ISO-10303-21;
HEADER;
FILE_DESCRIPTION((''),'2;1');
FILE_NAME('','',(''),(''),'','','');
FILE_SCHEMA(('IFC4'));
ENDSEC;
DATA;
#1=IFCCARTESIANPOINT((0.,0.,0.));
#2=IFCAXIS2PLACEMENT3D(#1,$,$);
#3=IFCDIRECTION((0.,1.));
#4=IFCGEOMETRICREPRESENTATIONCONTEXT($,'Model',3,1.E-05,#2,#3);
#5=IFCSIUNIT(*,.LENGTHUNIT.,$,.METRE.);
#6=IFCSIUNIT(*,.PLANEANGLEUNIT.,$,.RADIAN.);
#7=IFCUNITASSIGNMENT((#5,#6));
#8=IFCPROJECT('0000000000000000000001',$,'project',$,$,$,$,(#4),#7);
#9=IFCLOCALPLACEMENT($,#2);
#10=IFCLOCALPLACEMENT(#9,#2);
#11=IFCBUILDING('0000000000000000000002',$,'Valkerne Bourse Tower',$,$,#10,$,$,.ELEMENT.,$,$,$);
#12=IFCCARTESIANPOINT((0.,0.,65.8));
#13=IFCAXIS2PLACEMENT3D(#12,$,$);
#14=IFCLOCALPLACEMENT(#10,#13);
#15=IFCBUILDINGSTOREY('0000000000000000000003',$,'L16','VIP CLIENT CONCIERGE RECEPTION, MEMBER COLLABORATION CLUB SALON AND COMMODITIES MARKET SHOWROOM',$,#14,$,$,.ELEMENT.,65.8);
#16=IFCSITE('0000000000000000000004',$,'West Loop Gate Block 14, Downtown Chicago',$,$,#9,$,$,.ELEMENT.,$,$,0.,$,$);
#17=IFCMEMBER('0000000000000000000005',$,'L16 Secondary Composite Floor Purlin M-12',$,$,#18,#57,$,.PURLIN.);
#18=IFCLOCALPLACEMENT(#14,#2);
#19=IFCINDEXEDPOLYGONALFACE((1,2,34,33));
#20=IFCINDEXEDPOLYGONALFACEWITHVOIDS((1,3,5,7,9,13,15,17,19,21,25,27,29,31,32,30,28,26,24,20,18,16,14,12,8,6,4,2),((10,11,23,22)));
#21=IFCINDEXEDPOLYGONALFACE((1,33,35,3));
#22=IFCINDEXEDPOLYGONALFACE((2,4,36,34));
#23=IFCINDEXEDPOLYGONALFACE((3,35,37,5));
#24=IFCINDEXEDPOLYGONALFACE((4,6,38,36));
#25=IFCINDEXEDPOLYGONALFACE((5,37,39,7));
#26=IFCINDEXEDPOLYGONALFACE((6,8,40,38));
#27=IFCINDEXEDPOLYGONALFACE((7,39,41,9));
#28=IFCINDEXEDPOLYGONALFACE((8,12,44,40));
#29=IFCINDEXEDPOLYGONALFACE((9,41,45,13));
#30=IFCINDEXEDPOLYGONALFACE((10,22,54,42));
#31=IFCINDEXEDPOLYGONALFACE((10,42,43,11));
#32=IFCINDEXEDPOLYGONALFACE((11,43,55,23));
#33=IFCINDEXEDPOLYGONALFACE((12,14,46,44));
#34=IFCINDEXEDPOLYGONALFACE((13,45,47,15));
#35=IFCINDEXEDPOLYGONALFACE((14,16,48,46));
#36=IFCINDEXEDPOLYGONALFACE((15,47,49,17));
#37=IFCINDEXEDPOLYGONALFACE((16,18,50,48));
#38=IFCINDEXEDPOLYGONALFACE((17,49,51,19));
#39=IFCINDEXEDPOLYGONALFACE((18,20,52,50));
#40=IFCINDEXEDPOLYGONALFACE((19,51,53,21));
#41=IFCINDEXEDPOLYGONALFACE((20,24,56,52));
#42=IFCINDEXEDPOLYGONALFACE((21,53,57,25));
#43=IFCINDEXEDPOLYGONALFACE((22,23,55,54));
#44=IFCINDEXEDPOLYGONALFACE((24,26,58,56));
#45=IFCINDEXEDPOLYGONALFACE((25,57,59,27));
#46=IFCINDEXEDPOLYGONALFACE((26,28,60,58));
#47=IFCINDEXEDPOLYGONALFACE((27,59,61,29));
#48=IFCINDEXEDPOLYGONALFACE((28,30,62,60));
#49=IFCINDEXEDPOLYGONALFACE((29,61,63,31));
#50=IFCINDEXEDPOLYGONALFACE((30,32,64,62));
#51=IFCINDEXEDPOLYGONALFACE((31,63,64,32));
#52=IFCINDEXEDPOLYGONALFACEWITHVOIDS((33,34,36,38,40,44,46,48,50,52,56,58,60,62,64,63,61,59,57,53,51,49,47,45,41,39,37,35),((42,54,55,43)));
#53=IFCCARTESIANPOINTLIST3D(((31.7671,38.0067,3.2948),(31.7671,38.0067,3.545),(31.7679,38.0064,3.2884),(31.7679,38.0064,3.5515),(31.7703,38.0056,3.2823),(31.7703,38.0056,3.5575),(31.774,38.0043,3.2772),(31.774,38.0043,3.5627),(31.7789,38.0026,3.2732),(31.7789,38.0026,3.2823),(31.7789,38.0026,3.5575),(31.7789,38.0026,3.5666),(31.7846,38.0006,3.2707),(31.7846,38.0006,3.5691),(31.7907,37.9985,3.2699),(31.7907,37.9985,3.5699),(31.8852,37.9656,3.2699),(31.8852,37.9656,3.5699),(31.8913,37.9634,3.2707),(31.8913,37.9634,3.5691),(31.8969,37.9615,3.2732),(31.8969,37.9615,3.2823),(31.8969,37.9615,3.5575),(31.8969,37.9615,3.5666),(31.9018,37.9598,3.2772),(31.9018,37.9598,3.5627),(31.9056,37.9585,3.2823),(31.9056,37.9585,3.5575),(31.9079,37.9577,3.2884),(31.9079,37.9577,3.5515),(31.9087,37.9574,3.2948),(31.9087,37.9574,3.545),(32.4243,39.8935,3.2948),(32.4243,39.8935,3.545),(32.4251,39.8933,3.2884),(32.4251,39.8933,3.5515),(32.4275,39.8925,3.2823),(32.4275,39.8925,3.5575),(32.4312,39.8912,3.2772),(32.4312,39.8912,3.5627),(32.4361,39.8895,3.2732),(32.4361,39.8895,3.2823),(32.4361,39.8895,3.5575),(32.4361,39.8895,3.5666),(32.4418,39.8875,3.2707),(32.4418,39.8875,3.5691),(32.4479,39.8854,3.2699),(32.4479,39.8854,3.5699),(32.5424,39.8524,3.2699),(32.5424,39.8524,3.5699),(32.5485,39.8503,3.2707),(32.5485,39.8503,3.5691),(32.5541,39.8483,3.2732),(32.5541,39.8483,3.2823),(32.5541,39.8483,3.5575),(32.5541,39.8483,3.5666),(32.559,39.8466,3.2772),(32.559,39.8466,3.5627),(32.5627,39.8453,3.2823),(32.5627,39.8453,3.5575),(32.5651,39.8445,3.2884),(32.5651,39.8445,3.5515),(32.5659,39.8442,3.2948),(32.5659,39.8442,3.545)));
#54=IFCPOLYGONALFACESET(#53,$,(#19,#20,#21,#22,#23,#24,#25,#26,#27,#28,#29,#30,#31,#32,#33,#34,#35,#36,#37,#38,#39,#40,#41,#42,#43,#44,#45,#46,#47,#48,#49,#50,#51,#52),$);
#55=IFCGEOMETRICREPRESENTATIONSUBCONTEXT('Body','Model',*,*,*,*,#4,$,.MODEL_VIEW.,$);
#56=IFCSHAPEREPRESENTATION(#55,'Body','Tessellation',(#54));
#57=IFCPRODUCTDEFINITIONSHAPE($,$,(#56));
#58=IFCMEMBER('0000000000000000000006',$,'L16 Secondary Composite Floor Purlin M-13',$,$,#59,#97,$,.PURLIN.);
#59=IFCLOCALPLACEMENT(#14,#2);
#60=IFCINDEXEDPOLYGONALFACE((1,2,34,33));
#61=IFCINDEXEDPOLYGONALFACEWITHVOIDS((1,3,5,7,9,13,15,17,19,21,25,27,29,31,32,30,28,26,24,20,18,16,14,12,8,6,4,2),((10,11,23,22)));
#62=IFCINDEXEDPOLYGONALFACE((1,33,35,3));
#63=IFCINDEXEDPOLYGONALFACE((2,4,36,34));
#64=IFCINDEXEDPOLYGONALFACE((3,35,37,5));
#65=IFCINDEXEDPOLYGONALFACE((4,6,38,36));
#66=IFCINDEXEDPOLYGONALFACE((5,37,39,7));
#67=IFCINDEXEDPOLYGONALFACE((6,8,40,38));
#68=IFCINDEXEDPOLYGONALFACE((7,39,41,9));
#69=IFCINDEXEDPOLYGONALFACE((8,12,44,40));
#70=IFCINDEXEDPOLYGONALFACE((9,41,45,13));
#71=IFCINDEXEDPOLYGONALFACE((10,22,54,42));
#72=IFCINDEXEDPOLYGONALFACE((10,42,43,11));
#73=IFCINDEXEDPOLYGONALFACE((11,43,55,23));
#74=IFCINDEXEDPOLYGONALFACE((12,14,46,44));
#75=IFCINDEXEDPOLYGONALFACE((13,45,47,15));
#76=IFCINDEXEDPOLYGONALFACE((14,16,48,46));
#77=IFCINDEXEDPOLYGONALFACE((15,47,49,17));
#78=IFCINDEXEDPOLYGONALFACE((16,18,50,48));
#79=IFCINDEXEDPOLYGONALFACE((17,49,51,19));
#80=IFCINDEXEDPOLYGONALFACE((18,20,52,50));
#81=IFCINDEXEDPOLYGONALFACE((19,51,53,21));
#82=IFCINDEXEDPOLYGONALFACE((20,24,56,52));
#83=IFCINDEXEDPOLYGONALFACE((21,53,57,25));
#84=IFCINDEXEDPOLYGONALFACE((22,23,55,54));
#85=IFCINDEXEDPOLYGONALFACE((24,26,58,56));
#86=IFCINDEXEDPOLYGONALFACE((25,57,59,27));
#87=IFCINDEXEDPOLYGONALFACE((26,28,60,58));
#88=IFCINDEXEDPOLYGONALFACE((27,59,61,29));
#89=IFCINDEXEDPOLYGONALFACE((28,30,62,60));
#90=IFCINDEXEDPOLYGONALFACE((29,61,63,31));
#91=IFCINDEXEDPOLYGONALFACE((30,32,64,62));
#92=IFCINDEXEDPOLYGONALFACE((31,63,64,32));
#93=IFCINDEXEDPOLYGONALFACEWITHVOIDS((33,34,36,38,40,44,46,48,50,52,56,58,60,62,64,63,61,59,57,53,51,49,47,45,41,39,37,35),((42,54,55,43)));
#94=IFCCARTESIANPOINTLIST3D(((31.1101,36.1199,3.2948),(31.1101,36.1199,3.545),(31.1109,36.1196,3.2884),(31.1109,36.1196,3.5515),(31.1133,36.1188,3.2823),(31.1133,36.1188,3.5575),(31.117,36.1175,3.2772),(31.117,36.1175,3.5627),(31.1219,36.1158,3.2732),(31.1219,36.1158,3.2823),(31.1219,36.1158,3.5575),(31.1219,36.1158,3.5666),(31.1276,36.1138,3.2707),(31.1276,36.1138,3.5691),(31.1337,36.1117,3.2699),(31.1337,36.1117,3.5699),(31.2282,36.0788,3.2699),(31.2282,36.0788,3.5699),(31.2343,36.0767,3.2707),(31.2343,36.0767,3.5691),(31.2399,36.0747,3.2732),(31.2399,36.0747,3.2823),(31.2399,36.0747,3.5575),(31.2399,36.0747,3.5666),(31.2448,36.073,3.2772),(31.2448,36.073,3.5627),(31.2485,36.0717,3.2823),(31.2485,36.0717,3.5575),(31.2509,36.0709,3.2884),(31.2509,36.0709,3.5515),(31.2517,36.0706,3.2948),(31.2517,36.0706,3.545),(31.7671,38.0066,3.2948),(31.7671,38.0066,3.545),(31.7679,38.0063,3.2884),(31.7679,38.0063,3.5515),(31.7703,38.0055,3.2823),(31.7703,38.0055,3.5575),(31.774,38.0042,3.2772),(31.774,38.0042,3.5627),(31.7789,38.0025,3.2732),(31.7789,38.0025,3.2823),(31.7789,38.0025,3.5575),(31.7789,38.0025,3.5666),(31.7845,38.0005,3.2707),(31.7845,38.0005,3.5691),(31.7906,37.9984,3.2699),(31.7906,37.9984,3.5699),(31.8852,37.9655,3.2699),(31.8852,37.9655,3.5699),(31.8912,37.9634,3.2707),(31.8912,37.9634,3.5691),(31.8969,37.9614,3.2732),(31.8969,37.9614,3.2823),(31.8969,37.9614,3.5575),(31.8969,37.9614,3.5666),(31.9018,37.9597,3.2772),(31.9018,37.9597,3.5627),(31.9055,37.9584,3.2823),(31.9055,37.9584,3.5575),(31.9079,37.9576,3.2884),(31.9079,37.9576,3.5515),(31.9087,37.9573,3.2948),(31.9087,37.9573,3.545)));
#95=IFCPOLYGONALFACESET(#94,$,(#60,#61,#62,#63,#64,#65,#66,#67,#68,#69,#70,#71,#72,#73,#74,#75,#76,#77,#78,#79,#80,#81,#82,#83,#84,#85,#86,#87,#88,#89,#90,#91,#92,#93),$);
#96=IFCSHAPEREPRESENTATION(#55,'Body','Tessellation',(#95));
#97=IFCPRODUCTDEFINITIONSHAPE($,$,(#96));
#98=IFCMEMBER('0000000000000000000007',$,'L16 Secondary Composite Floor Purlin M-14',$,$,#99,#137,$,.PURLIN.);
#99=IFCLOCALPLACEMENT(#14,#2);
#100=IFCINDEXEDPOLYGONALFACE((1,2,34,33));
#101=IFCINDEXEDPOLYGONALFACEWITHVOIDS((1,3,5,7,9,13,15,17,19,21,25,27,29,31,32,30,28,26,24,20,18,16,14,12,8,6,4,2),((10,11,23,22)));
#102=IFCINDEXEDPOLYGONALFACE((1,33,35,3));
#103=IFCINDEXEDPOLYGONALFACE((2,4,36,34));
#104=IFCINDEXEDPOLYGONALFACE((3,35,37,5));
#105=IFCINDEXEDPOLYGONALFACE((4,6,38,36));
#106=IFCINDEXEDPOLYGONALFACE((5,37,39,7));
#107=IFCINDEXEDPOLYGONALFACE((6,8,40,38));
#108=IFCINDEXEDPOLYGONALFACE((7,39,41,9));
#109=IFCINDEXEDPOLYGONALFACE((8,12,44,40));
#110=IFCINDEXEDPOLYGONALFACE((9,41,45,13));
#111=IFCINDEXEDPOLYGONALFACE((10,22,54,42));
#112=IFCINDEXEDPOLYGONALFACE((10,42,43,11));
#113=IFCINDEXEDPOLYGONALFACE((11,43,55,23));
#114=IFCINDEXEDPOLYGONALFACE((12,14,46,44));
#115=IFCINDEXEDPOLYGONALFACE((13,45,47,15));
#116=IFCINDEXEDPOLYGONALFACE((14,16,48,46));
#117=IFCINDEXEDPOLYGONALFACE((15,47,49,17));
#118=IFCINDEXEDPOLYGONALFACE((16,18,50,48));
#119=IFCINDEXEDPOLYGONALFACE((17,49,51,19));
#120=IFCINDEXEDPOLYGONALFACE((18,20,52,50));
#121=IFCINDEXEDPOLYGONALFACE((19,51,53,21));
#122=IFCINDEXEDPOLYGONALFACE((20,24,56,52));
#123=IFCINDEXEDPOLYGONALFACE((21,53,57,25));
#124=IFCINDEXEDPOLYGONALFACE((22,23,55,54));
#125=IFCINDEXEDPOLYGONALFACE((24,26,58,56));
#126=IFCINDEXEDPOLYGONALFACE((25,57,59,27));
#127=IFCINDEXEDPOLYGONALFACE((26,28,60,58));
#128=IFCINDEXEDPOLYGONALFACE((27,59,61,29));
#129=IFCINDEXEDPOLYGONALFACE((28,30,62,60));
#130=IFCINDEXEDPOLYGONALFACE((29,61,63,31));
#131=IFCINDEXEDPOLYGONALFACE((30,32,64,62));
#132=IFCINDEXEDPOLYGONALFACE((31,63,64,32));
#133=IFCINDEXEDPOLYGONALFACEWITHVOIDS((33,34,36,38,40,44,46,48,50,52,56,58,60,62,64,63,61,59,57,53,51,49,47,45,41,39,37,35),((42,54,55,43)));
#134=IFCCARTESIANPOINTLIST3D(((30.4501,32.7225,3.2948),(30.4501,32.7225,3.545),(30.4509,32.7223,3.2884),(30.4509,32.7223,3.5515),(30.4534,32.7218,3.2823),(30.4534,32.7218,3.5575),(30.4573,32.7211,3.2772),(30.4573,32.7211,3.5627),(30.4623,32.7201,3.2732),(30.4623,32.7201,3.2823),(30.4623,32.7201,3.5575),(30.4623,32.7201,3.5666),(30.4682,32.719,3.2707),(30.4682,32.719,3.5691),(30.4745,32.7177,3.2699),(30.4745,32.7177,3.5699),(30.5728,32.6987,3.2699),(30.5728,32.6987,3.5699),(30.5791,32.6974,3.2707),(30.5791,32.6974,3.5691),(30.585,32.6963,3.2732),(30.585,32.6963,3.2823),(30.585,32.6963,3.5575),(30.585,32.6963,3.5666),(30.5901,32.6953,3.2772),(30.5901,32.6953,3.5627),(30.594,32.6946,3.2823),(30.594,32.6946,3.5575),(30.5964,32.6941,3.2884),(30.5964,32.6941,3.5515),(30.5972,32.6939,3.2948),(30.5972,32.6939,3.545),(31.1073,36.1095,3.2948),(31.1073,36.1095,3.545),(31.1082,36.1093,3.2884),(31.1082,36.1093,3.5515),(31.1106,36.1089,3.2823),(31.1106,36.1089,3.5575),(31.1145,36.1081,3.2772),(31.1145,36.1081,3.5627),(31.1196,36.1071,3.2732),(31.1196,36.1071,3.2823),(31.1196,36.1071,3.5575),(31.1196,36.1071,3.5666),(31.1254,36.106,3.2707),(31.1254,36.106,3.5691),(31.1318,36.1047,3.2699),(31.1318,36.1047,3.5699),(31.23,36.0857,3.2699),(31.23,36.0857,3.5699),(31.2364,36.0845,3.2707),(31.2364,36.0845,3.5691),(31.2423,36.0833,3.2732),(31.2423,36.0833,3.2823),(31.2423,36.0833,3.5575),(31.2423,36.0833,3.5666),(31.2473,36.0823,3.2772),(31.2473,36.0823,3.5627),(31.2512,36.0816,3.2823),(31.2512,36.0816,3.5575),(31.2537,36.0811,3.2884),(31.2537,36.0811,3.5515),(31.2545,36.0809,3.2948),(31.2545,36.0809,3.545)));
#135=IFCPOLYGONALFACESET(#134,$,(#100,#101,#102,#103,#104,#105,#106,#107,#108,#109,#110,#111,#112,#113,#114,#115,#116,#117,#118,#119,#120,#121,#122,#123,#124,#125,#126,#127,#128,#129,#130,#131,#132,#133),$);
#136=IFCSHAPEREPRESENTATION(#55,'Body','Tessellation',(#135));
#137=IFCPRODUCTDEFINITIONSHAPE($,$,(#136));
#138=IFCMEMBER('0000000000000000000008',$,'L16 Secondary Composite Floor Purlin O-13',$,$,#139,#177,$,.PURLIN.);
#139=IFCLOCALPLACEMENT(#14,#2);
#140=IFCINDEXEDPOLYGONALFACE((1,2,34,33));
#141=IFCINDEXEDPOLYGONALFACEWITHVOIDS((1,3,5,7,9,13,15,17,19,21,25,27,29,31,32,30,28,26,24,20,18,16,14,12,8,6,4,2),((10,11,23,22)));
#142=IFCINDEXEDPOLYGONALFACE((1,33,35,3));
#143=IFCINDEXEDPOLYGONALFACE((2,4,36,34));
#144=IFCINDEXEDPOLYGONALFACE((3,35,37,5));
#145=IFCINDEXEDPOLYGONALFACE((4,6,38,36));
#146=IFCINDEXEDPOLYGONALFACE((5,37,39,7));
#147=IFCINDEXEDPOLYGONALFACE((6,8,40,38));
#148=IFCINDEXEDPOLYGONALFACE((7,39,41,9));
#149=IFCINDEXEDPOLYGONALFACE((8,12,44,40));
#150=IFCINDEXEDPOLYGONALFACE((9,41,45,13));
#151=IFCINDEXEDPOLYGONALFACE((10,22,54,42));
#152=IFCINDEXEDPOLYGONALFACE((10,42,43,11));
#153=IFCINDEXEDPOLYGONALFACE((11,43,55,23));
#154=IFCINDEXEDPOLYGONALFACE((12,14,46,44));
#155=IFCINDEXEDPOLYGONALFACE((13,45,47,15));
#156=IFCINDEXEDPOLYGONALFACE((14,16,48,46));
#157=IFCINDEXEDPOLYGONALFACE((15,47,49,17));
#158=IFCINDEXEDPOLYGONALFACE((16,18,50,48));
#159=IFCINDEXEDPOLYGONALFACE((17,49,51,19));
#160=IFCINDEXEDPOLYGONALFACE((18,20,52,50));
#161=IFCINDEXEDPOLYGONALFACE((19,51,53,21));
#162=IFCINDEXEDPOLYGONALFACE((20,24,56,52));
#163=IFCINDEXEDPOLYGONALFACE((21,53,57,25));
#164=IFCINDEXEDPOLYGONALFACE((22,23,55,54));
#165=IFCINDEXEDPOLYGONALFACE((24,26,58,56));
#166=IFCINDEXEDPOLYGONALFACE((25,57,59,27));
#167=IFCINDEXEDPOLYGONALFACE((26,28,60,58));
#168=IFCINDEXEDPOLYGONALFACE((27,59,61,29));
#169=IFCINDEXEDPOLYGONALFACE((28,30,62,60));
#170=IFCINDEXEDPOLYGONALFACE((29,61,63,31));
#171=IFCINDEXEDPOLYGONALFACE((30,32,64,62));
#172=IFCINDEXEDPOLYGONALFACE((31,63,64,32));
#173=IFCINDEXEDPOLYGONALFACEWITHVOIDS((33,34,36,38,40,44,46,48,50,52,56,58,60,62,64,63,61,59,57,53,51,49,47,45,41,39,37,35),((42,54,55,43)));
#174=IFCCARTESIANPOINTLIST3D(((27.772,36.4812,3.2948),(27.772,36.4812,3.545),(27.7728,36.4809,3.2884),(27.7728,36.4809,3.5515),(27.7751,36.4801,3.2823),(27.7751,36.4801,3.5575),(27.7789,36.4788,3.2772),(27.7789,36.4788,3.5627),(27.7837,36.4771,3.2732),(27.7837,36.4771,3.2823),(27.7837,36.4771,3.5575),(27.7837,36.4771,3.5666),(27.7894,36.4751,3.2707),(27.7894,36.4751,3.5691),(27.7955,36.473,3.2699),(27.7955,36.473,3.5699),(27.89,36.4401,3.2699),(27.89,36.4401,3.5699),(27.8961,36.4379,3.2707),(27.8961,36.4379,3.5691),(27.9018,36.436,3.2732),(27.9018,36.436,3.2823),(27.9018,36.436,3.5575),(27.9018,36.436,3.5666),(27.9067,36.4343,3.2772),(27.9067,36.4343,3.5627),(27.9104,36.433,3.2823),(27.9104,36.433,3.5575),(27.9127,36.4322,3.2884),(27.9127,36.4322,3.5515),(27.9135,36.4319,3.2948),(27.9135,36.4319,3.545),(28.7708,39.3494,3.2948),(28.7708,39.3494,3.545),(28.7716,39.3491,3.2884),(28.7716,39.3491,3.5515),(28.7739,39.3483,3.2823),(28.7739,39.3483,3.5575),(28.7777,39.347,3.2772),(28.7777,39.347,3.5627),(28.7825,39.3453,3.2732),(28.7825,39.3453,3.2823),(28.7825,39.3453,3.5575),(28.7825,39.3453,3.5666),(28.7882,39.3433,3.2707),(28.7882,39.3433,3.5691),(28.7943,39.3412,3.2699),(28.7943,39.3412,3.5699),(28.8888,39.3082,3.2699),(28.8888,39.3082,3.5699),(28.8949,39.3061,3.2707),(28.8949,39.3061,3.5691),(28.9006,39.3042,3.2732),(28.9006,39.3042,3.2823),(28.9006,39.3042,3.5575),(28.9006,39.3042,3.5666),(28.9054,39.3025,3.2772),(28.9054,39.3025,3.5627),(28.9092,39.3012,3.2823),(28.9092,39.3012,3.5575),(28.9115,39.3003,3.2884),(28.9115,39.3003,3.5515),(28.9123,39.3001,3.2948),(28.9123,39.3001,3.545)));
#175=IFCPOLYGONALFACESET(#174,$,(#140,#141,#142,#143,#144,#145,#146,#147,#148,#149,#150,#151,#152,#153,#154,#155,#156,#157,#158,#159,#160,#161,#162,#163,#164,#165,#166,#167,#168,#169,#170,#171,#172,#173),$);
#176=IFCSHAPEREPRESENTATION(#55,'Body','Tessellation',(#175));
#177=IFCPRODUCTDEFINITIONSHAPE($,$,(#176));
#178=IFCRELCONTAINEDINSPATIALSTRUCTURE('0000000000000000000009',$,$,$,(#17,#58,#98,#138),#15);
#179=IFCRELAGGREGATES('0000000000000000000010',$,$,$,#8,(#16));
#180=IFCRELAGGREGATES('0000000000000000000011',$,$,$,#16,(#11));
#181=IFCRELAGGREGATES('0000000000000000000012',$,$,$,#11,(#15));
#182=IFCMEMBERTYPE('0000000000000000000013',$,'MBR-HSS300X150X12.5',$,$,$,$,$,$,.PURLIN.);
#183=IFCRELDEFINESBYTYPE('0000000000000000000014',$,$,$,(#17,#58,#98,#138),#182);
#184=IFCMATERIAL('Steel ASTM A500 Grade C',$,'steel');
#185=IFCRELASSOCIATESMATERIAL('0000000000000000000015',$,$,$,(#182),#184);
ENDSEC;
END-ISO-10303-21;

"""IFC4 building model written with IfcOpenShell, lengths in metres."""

from ifc_helpers import new_model, si_unit, direction, frame, origin, origin_2d, place, context, subcontext, project, spatial, hollow_rectangle, extrude, material, material_profile, profile_set, type_object, element, save


model = new_model("IFC4")

# Units and contexts
model_context = context("Model", 3, precision=1e-05, world=origin(), true_north=direction((0.0, 1.0)))
body_context = subcontext(model_context, "Body", "Model", "MODEL_VIEW")
ifc_project = project(units=[si_unit("LENGTHUNIT", "METRE"), si_unit("PLANEANGLEUNIT", "RADIAN")], contexts=[model_context])

# Site, building, storey
site_placement = place(None, origin())
site = spatial("IfcSite", under=ifc_project, at=site_placement, Name="West Loop Gate Block 14, Downtown Chicago", CompositionType="ELEMENT", RefElevation=0.0)
building_placement = place(site_placement, origin())
building = spatial("IfcBuilding", under=site, at=building_placement, Name="Valkerne Bourse Tower", CompositionType="ELEMENT")
storey_placement = place(building_placement, frame((0.0, 0.0, 65.8)))
storey = spatial("IfcBuildingStorey", under=building, at=storey_placement, Name="L16", Description="VIP CLIENT CONCIERGE RECEPTION, MEMBER COLLABORATION CLUB SALON AND COMMODITIES MARKET SHOWROOM", CompositionType="ELEMENT", Elevation=65.8)

# Members
ifc_material_1 = material(Name="Steel ASTM A500 Grade C", Category="steel")
ifc_material_profile_1 = material_profile(ifc_material_1, hollow_rectangle(XDim=0.1499, YDim=0.3, WallThickness=0.0125, OuterFilletRadius=0.0249, at=origin_2d()), Name="HSS300X150X12.5")
ifc_profile_set_1 = profile_set([ifc_material_profile_1], Name="Steel ASTM A500 Grade C")
member_type_1 = type_object("IfcMemberType", Name="MBR-HSS300X150X12.5", PredefinedType="PURLIN", material=ifc_profile_set_1)
member_1_placement = place(storey_placement, frame((32.4951, 39.8689, 3.4199), z_axis=(-0.328919, -0.944358, 0.0), x_axis=(0.944358, -0.328919, 0.0)))
element("IfcMember", 1, at=member_1_placement, inside=storey, type_object=member_type_1, Name="L16 Secondary Composite Floor Purlin M-12", PredefinedType="PURLIN", context=body_context, shape_type="SweptSolid", body=[
    extrude(hollow_rectangle(XDim=0.1499, YDim=0.3, WallThickness=0.0125, OuterFilletRadius=0.0249, at=origin_2d()), origin(), (0.0, 0.0, 1.0), 1.998),
])
member_2_placement = place(storey_placement, frame((31.8379, 37.9819, 3.4199), z_axis=(-0.328848, -0.944383, 0.0), x_axis=(0.944383, -0.328848, 0.0)))
element("IfcMember", 2, at=member_2_placement, inside=storey, type_object=member_type_1, Name="L16 Secondary Composite Floor Purlin M-13", PredefinedType="PURLIN", context=body_context, shape_type="SweptSolid", body=[
    extrude(hollow_rectangle(XDim=0.1499, YDim=0.3, WallThickness=0.0125, OuterFilletRadius=0.0249, at=origin_2d()), origin(), (0.0, 0.0, 1.0), 1.9978),
])
member_3_placement = place(storey_placement, frame((31.1809, 36.0952, 3.4199), z_axis=(-0.190493, -0.981689, 0.0), x_axis=(0.981689, -0.190493, 0.0)))
element("IfcMember", 3, at=member_3_placement, inside=storey, type_object=member_type_1, Name="L16 Secondary Composite Floor Purlin M-14", PredefinedType="PURLIN", context=body_context, shape_type="SweptSolid", body=[
    extrude(hollow_rectangle(XDim=0.1499, YDim=0.3, WallThickness=0.0125, OuterFilletRadius=0.0249, at=origin_2d()), origin(), (0.0, 0.0, 1.0), 3.4502),
])
member_4_placement = place(storey_placement, frame((28.8416, 39.3247, 3.4199), z_axis=(-0.32886, -0.944379, 0.0), x_axis=(0.944379, -0.32886, 0.0)))
element("IfcMember", 4, at=member_4_placement, inside=storey, type_object=member_type_1, Name="L16 Secondary Composite Floor Purlin O-13", PredefinedType="PURLIN", context=body_context, shape_type="SweptSolid", body=[
    extrude(hollow_rectangle(XDim=0.1499, YDim=0.3, WallThickness=0.0125, OuterFilletRadius=0.0249, at=origin_2d()), origin(), (0.0, 0.0, 1.0), 3.0371),
])

save(model, "model.ifc")
